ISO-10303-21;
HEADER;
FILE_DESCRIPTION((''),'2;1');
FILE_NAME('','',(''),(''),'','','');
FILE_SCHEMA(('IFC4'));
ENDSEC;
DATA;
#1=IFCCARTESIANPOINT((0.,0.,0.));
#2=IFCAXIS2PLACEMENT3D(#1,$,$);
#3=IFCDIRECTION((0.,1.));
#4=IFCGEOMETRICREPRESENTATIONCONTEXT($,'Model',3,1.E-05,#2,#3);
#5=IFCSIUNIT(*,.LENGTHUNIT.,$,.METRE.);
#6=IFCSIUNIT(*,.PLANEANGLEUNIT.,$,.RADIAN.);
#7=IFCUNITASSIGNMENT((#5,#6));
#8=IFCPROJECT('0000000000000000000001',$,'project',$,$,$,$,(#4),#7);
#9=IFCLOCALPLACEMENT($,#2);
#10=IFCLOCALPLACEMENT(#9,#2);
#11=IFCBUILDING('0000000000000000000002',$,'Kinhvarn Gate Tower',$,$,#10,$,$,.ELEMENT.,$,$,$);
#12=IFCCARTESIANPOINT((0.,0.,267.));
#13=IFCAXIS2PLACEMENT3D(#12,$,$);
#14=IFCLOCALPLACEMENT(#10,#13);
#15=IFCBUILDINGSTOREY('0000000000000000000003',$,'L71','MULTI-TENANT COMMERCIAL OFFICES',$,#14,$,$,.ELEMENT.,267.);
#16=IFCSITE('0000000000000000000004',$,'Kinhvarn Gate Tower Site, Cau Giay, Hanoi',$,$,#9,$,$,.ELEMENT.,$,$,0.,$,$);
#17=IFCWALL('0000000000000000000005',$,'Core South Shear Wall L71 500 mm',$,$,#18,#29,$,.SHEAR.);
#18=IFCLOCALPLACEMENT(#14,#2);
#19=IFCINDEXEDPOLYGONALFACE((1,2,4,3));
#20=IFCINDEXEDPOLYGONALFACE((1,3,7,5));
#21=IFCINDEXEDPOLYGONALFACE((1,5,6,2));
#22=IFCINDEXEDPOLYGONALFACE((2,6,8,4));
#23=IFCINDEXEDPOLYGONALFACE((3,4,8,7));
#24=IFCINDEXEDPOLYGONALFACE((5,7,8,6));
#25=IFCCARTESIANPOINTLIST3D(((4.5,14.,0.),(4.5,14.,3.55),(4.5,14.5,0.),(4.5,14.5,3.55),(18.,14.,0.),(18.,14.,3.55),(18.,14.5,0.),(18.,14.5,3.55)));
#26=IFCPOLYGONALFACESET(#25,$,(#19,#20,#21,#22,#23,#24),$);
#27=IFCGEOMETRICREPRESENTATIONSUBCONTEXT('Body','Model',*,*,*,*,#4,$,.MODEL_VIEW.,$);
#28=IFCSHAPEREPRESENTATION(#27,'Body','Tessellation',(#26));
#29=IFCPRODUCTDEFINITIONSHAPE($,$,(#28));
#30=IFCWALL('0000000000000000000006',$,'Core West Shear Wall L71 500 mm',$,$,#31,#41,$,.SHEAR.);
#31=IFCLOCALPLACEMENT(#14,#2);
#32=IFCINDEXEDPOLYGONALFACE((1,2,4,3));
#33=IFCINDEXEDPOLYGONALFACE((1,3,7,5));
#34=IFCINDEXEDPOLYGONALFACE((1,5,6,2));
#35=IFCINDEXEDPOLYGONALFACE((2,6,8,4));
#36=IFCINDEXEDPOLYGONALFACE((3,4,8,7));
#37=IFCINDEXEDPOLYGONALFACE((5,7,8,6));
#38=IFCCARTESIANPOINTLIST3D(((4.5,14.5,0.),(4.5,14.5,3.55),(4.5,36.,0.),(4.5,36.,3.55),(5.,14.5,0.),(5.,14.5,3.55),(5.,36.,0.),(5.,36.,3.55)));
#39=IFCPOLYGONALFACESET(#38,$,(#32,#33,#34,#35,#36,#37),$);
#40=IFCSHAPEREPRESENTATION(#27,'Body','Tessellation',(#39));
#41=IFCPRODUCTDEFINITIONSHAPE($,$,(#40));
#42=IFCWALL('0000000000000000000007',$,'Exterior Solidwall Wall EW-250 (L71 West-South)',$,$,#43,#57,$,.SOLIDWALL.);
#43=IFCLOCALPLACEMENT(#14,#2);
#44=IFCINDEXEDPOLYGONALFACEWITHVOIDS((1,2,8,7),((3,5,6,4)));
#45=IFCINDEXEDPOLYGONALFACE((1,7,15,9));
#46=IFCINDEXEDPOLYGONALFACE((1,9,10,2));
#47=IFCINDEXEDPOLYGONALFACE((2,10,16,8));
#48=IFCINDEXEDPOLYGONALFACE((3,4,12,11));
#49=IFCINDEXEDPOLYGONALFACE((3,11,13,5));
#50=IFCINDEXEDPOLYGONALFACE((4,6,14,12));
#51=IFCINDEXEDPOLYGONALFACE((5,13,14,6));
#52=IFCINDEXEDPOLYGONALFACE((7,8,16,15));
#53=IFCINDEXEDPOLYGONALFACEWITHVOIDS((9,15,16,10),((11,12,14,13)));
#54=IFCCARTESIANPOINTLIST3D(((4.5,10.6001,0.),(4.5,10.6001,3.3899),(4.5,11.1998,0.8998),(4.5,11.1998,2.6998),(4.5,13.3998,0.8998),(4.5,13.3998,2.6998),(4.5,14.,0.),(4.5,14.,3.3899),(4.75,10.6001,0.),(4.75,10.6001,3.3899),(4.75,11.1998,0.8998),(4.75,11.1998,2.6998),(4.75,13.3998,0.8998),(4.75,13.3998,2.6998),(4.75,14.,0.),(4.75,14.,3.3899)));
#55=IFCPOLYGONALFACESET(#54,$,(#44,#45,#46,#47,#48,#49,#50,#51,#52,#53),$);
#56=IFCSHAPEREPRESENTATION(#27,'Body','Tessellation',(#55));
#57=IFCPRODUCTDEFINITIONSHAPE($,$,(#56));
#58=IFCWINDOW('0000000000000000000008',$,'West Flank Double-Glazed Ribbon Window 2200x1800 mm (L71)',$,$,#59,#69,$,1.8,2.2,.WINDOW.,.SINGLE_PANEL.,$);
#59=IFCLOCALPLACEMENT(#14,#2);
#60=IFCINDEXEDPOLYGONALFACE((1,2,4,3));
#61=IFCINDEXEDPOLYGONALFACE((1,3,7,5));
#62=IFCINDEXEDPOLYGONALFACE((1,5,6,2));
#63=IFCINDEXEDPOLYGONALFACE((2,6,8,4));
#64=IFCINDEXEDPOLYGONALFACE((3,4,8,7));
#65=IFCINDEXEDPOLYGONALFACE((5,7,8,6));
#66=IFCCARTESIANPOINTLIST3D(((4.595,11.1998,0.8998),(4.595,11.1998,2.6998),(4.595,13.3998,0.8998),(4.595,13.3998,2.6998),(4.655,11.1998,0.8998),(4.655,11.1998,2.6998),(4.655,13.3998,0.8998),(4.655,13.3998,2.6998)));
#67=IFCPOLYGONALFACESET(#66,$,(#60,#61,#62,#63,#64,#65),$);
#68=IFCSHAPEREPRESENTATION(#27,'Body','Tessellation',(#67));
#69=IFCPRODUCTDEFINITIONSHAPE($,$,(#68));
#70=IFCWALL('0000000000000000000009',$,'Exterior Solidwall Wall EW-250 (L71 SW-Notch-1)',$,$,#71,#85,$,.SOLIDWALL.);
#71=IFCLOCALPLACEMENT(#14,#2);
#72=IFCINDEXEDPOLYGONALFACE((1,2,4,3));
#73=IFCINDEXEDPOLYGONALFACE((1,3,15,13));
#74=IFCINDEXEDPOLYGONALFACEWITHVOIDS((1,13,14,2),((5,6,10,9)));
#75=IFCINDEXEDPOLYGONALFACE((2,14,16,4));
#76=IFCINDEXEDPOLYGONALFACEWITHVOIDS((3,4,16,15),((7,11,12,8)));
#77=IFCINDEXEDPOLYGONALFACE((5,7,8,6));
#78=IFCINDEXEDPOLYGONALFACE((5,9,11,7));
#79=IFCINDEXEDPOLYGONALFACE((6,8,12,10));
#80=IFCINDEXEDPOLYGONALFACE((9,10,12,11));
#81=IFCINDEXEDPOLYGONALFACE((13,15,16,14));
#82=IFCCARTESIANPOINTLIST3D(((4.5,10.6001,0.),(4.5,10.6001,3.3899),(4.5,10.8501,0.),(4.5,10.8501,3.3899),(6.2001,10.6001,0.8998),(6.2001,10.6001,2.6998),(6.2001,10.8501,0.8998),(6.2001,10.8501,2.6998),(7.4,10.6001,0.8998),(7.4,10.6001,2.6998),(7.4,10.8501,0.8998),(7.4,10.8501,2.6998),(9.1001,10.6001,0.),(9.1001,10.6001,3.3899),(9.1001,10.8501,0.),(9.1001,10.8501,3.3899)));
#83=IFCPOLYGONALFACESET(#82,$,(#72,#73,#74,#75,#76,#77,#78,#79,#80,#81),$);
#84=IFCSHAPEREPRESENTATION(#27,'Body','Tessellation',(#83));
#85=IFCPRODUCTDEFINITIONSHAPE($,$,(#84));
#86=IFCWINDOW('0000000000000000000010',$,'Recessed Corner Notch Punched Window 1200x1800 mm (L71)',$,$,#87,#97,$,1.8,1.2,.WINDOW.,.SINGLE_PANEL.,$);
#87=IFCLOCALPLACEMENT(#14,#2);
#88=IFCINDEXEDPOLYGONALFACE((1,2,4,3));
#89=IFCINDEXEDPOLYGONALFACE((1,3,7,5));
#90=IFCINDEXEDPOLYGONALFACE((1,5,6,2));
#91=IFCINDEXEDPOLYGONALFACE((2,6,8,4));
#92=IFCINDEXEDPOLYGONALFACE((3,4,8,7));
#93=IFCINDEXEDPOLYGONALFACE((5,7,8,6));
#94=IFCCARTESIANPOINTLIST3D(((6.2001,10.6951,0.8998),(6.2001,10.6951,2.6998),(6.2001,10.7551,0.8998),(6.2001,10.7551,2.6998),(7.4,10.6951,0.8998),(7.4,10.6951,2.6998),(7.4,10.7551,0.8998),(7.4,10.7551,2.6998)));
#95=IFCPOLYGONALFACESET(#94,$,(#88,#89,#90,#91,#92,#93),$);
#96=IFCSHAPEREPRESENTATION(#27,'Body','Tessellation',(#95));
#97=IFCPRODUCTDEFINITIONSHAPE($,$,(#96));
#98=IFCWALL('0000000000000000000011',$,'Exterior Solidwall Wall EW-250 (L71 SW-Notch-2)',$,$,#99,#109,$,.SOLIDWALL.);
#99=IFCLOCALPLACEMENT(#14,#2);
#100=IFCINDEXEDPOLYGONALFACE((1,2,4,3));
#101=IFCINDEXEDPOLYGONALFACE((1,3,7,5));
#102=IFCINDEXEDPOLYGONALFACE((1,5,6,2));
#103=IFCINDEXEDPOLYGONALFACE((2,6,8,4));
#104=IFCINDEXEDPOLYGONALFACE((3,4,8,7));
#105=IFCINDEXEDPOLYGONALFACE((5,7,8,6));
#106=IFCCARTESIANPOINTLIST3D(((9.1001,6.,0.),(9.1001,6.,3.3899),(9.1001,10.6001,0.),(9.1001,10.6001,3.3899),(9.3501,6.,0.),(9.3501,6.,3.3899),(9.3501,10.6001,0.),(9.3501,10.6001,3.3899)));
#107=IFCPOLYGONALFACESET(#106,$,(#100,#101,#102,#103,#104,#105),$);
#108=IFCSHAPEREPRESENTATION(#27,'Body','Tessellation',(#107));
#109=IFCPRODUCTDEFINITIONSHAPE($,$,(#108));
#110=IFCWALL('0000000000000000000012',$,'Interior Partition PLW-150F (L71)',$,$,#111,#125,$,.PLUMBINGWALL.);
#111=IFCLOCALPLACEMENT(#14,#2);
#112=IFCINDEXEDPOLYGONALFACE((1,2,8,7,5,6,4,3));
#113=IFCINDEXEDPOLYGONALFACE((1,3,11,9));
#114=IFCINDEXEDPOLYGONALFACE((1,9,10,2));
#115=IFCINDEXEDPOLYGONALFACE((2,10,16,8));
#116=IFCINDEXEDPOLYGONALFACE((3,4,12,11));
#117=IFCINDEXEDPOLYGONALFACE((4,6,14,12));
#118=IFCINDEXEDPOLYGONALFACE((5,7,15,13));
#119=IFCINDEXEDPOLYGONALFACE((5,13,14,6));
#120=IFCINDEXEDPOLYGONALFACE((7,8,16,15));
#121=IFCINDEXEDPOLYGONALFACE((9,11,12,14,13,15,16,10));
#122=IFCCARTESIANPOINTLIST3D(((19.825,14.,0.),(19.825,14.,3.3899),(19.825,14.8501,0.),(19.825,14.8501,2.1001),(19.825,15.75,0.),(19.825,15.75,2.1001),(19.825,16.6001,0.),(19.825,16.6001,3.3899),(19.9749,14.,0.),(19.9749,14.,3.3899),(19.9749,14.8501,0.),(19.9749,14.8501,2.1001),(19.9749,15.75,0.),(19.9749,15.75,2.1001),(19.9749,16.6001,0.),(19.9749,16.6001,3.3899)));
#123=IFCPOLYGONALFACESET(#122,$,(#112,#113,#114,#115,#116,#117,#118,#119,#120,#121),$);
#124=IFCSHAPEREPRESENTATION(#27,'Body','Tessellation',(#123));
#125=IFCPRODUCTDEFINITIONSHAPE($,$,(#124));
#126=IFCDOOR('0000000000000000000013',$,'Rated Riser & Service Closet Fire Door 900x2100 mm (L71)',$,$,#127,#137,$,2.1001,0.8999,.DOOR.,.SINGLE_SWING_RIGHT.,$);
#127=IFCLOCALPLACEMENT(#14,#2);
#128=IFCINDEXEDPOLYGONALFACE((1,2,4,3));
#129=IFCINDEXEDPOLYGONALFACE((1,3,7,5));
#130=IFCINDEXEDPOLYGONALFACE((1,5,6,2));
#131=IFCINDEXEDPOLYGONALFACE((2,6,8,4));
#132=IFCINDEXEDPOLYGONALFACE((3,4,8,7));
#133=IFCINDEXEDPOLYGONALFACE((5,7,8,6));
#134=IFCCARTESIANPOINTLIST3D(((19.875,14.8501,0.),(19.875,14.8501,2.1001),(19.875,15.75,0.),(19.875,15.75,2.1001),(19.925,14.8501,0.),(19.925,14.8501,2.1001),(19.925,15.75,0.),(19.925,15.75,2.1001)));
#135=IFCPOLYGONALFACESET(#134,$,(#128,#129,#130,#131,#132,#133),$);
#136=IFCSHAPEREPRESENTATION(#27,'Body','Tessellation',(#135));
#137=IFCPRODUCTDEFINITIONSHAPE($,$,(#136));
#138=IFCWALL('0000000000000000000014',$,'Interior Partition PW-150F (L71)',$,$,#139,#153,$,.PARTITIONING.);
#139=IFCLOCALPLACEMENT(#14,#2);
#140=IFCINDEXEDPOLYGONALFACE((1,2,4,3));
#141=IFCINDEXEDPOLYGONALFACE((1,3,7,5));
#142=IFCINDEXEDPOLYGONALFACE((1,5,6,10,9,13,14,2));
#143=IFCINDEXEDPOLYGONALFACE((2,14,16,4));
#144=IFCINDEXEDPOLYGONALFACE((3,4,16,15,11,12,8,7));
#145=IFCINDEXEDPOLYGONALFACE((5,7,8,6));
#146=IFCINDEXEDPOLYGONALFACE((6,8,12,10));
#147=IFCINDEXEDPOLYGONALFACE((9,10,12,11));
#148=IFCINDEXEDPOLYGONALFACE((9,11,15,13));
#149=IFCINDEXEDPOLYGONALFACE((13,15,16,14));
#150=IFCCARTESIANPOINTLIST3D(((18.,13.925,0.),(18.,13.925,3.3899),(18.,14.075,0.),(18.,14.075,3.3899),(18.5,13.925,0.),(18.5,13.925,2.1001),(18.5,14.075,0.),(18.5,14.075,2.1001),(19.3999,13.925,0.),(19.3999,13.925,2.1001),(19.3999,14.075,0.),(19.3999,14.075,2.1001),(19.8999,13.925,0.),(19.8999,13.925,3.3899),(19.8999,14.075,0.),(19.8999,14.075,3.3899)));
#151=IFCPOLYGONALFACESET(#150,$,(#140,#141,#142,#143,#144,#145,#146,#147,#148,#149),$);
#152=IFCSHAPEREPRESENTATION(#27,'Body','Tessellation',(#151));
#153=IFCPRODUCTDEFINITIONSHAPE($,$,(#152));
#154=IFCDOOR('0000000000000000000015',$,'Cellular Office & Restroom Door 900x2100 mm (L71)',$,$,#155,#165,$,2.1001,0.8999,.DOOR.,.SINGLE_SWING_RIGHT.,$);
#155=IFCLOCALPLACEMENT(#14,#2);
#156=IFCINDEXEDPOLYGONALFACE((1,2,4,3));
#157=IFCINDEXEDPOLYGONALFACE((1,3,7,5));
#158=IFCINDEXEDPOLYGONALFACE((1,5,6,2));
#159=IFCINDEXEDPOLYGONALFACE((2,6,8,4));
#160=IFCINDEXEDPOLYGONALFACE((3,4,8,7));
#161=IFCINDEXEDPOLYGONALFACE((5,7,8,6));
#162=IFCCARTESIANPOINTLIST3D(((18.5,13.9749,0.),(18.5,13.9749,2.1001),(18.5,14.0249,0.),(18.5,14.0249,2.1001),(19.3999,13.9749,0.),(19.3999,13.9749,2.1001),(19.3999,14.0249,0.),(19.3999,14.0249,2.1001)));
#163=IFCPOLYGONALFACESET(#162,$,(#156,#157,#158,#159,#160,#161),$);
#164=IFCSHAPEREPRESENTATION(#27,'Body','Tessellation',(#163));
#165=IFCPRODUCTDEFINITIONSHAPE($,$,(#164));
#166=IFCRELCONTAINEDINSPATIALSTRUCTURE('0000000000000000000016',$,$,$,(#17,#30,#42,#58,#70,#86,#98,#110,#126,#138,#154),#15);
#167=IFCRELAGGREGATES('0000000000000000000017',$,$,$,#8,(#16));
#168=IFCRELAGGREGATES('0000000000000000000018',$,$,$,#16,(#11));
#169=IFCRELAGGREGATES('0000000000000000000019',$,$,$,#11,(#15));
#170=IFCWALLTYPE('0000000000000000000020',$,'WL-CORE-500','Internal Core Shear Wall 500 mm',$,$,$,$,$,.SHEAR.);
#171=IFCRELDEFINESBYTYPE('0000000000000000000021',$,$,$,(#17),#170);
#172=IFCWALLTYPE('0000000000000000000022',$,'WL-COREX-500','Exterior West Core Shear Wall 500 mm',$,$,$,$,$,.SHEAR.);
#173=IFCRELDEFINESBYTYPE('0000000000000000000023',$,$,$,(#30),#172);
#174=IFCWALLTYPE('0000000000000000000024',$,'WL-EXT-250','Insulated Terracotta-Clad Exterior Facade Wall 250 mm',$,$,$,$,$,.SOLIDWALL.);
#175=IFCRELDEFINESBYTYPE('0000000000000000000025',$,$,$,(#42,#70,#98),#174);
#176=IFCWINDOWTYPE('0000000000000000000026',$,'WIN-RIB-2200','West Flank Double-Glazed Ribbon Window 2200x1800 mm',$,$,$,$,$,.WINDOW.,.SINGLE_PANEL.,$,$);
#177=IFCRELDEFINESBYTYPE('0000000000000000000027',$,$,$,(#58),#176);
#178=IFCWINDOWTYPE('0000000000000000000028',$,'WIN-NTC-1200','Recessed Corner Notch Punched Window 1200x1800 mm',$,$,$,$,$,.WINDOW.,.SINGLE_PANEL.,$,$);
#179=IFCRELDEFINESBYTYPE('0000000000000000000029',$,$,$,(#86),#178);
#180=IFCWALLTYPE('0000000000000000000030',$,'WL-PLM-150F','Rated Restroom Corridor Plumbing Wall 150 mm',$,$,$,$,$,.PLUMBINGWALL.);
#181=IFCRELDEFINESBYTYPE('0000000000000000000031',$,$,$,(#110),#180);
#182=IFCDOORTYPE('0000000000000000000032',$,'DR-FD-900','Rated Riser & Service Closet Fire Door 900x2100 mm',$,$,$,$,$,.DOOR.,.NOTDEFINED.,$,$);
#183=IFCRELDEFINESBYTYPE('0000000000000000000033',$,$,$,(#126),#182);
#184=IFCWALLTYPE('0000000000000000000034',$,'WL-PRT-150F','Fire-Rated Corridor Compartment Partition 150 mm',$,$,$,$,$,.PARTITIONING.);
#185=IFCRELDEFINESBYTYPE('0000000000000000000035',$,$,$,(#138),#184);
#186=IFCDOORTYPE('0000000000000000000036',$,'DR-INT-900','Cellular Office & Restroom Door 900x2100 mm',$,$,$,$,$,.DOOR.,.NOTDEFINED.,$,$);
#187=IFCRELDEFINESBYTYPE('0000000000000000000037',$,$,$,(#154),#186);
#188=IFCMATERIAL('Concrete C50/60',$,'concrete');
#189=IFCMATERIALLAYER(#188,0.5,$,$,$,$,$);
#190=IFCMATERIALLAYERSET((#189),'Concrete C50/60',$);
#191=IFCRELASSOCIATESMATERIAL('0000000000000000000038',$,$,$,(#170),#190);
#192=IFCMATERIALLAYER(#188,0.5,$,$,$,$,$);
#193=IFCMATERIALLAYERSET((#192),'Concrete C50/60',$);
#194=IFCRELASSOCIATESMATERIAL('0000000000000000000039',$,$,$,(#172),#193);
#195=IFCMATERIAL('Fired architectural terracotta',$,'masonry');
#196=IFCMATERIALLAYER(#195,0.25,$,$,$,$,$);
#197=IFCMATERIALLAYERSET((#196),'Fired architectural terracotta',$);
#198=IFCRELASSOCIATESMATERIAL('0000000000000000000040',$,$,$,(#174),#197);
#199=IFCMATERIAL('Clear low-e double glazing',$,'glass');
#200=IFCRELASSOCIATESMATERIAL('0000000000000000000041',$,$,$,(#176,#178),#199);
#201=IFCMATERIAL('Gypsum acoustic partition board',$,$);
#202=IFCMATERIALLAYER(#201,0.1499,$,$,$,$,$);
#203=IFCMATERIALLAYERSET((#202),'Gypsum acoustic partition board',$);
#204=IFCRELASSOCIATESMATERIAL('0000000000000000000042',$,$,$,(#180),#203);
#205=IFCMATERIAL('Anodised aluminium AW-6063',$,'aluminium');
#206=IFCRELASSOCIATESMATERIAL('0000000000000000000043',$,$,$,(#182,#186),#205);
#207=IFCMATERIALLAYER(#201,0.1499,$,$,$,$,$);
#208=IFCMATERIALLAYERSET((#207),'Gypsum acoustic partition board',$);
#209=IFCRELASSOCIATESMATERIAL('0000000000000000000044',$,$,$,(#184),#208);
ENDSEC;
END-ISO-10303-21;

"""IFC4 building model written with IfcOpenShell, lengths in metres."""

from ifc_helpers import new_model, si_unit, direction, frame, frame_2d, origin, place, context, subcontext, project, spatial, rectangle, extrude, material, layer, layer_set, type_object, element, fill, save


model = new_model("IFC4")

# Units and contexts
model_context = context("Model", 3, precision=1e-05, world=origin(), true_north=direction((0.0, 1.0)))
body_context = subcontext(model_context, "Body", "Model", "MODEL_VIEW")
ifc_project = project(units=[si_unit("LENGTHUNIT", "METRE"), si_unit("PLANEANGLEUNIT", "RADIAN")], contexts=[model_context])

# Site, building, storey
site_placement = place(None, origin())
site = spatial("IfcSite", under=ifc_project, at=site_placement, Name="Kinhvarn Gate Tower Site, Cau Giay, Hanoi", CompositionType="ELEMENT", RefElevation=0.0)
building_placement = place(site_placement, origin())
building = spatial("IfcBuilding", under=site, at=building_placement, Name="Kinhvarn Gate Tower", CompositionType="ELEMENT")
storey_placement = place(building_placement, frame((0.0, 0.0, 267.0)))
storey = spatial("IfcBuildingStorey", under=building, at=storey_placement, Name="L71", Description="MULTI-TENANT COMMERCIAL OFFICES", CompositionType="ELEMENT", Elevation=267.0)

# Shared definitions
ifc_material_1 = material(Name="Concrete C50/60", Category="concrete")

# Wall
ifc_layer_1 = layer(ifc_material_1, 0.5)
ifc_layer_set_1 = layer_set([ifc_layer_1], Name="Concrete C50/60")
wall_type_1 = type_object("IfcWallType", Name="WL-CORE-500", Description="Internal Core Shear Wall 500 mm", PredefinedType="SHEAR", material=ifc_layer_set_1)
wall_1_placement = place(storey_placement, frame((4.5, 14.25, 0.0), z_axis=(0.0, 0.0, 1.0), x_axis=(1.0, 0.0, 0.0)))
element("IfcWall", 1, at=wall_1_placement, inside=storey, type_object=wall_type_1, Name="Core South Shear Wall L71 500 mm", PredefinedType="SHEAR", context=body_context, shape_type="SweptSolid", body=[
    extrude(rectangle(XDim=13.5, YDim=0.5, at=frame_2d((6.75, 0.0))), origin(), (0.0, 0.0, 1.0), 3.55),
])

# Shared definitions
ifc_material_2 = material(Name="Anodised aluminium AW-6063", Category="aluminium")

# Wall
ifc_layer_2 = layer(ifc_material_1, 0.5)
ifc_layer_set_2 = layer_set([ifc_layer_2], Name="Concrete C50/60")
wall_type_2 = type_object("IfcWallType", Name="WL-COREX-500", Description="Exterior West Core Shear Wall 500 mm", PredefinedType="SHEAR", material=ifc_layer_set_2)
wall_2_placement = place(storey_placement, frame((4.75, 14.5, 0.0), z_axis=(0.0, 0.0, 1.0), x_axis=(0.0, 1.0, 0.0)))
element("IfcWall", 2, at=wall_2_placement, inside=storey, type_object=wall_type_2, Name="Core West Shear Wall L71 500 mm", PredefinedType="SHEAR", context=body_context, shape_type="SweptSolid", body=[
    extrude(rectangle(XDim=21.5, YDim=0.5, at=frame_2d((10.75, 0.0))), origin(), (0.0, 0.0, 1.0), 3.55),
])

# Walls, openings, windows
ifc_material_3 = material(Name="Fired architectural terracotta", Category="masonry")
ifc_layer_3 = layer(ifc_material_3, 0.25)
ifc_layer_set_3 = layer_set([ifc_layer_3], Name="Fired architectural terracotta")
wall_type_3 = type_object("IfcWallType", Name="WL-EXT-250", Description="Insulated Terracotta-Clad Exterior Facade Wall 250 mm", PredefinedType="SOLIDWALL", material=ifc_layer_set_3)
wall_3_placement = place(storey_placement, frame((4.625, 14.0, 0.0), z_axis=(0.0, 0.0, 1.0), x_axis=(0.0, -1.0, 0.0)))
wall_3 = element("IfcWall", 3, at=wall_3_placement, inside=storey, type_object=wall_type_3, Name="Exterior Solidwall Wall EW-250 (L71 West-South)", PredefinedType="SOLIDWALL", context=body_context, shape_type="SweptSolid", body=[
    extrude(rectangle(XDim=3.3999, YDim=0.25, at=frame_2d((1.7, 0.0))), origin(), (0.0, 0.0, 1.0), 3.3899),
])
opening_1_placement = place(wall_3_placement, frame((0.6001, 0.0, 0.8999)))
opening_1 = element("IfcOpeningElement", 4, at=opening_1_placement, cuts=wall_3, PredefinedType="OPENING", context=body_context, shape_type="SweptSolid", body=[
    extrude(rectangle(XDim=2.2, YDim=1.8, at=frame_2d((1.1001, 0.8999))), frame((0.0, 0.135, 0.0), z_axis=(0.0, -1.0, 0.0), x_axis=(1.0, 0.0, 0.0)), (0.0, 0.0, 1.0), 0.27),
])
ifc_material_4 = material(Name="Clear low-e double glazing", Category="glass")
window_type_1 = type_object("IfcWindowType", Name="WIN-RIB-2200", Description="West Flank Double-Glazed Ribbon Window 2200x1800 mm", PartitioningType="SINGLE_PANEL", PredefinedType="WINDOW", material=ifc_material_4)
window_1_placement = place(opening_1_placement, origin())
window_1 = element("IfcWindow", 5, at=window_1_placement, inside=storey, type_object=window_type_1, Name="West Flank Double-Glazed Ribbon Window 2200x1800 mm (L71)", OverallHeight=1.8, OverallWidth=2.2, PartitioningType="SINGLE_PANEL", PredefinedType="WINDOW", context=body_context, shape_type="SweptSolid", body=[
    extrude(rectangle(XDim=2.2, YDim=1.8, at=frame_2d((1.1001, 0.8999))), frame((0.0, 0.03, 0.0), z_axis=(0.0, -1.0, 0.0), x_axis=(1.0, 0.0, 0.0)), (0.0, 0.0, 1.0), 0.0601),
])
fill(opening_1, window_1)
wall_4_placement = place(storey_placement, frame((4.5, 10.7251, 0.0), z_axis=(0.0, 0.0, 1.0), x_axis=(1.0, 0.0, 0.0)))
wall_4 = element("IfcWall", 6, at=wall_4_placement, inside=storey, type_object=wall_type_3, Name="Exterior Solidwall Wall EW-250 (L71 SW-Notch-1)", PredefinedType="SOLIDWALL", context=body_context, shape_type="SweptSolid", body=[
    extrude(rectangle(XDim=4.6001, YDim=0.25, at=frame_2d((2.3, 0.0))), origin(), (0.0, 0.0, 1.0), 3.3899),
])
opening_2_placement = place(wall_4_placement, frame((1.7, 0.0, 0.8999)))
opening_2 = element("IfcOpeningElement", 7, at=opening_2_placement, cuts=wall_4, PredefinedType="OPENING", context=body_context, shape_type="SweptSolid", body=[
    extrude(rectangle(XDim=1.2, YDim=1.8, at=frame_2d((0.6001, 0.8999))), frame((0.0, 0.135, 0.0), z_axis=(0.0, -1.0, 0.0), x_axis=(1.0, 0.0, 0.0)), (0.0, 0.0, 1.0), 0.27),
])
window_type_2 = type_object("IfcWindowType", Name="WIN-NTC-1200", Description="Recessed Corner Notch Punched Window 1200x1800 mm", PartitioningType="SINGLE_PANEL", PredefinedType="WINDOW", material=ifc_material_4)
window_2_placement = place(opening_2_placement, origin())
window_2 = element("IfcWindow", 8, at=window_2_placement, inside=storey, type_object=window_type_2, Name="Recessed Corner Notch Punched Window 1200x1800 mm (L71)", OverallHeight=1.8, OverallWidth=1.2, PartitioningType="SINGLE_PANEL", PredefinedType="WINDOW", context=body_context, shape_type="SweptSolid", body=[
    extrude(rectangle(XDim=1.2, YDim=1.8, at=frame_2d((0.6001, 0.8999))), frame((0.0, 0.03, 0.0), z_axis=(0.0, -1.0, 0.0), x_axis=(1.0, 0.0, 0.0)), (0.0, 0.0, 1.0), 0.0601),
])
fill(opening_2, window_2)

# Wall
wall_5_placement = place(storey_placement, frame((9.2251, 10.6001, 0.0), z_axis=(0.0, 0.0, 1.0), x_axis=(0.0, -1.0, 0.0)))
element("IfcWall", 9, at=wall_5_placement, inside=storey, type_object=wall_type_3, Name="Exterior Solidwall Wall EW-250 (L71 SW-Notch-2)", PredefinedType="SOLIDWALL", context=body_context, shape_type="SweptSolid", body=[
    extrude(rectangle(XDim=4.6001, YDim=0.25, at=frame_2d((2.3, 0.0))), origin(), (0.0, 0.0, 1.0), 3.3899),
])

# Walls, openings, doors
ifc_material_5 = material(Name="Gypsum acoustic partition board")
ifc_layer_4 = layer(ifc_material_5, 0.1499)
ifc_layer_set_4 = layer_set([ifc_layer_4], Name="Gypsum acoustic partition board")
wall_type_4 = type_object("IfcWallType", Name="WL-PLM-150F", Description="Rated Restroom Corridor Plumbing Wall 150 mm", PredefinedType="PLUMBINGWALL", material=ifc_layer_set_4)
wall_6_placement = place(storey_placement, frame((19.8999, 14.0, 0.0), z_axis=(0.0, 0.0, 1.0), x_axis=(0.0, 1.0, 0.0)))
wall_6 = element("IfcWall", 10, at=wall_6_placement, inside=storey, type_object=wall_type_4, Name="Interior Partition PLW-150F (L71)", PredefinedType="PLUMBINGWALL", context=body_context, shape_type="SweptSolid", body=[
    extrude(rectangle(XDim=2.6001, YDim=0.1499, at=frame_2d((1.3, 0.0))), origin(), (0.0, 0.0, 1.0), 3.3899),
])
opening_3_placement = place(wall_6_placement, frame((0.8501, 0.0, 0.0)))
opening_3 = element("IfcOpeningElement", 11, at=opening_3_placement, cuts=wall_6, PredefinedType="OPENING", context=body_context, shape_type="SweptSolid", body=[
    extrude(rectangle(XDim=0.8999, YDim=2.1001, at=frame_2d((0.45, 1.05))), frame((0.0, 0.085, 0.0), z_axis=(0.0, -1.0, 0.0), x_axis=(1.0, 0.0, 0.0)), (0.0, 0.0, 1.0), 0.1699),
])
door_type_1 = type_object("IfcDoorType", Name="DR-FD-900", Description="Rated Riser & Service Closet Fire Door 900x2100 mm", OperationType="NOTDEFINED", PredefinedType="DOOR", material=ifc_material_2)
door_1_placement = place(opening_3_placement, origin())
door_1 = element("IfcDoor", 12, at=door_1_placement, inside=storey, type_object=door_type_1, Name="Rated Riser & Service Closet Fire Door 900x2100 mm (L71)", OperationType="SINGLE_SWING_RIGHT", OverallHeight=2.1001, OverallWidth=0.8999, PredefinedType="DOOR", context=body_context, shape_type="SweptSolid", body=[
    extrude(rectangle(XDim=0.8999, YDim=2.1001, at=frame_2d((0.45, 1.05))), frame((0.0, 0.0249, 0.0), z_axis=(0.0, -1.0, 0.0), x_axis=(1.0, 0.0, 0.0)), (0.0, 0.0, 1.0), 0.05),
])
fill(opening_3, door_1)
ifc_layer_5 = layer(ifc_material_5, 0.1499)
ifc_layer_set_5 = layer_set([ifc_layer_5], Name="Gypsum acoustic partition board")
wall_type_5 = type_object("IfcWallType", Name="WL-PRT-150F", Description="Fire-Rated Corridor Compartment Partition 150 mm", PredefinedType="PARTITIONING", material=ifc_layer_set_5)
wall_7_placement = place(storey_placement, frame((18.0, 14.0, 0.0), z_axis=(0.0, 0.0, 1.0), x_axis=(1.0, 0.0, 0.0)))
wall_7 = element("IfcWall", 13, at=wall_7_placement, inside=storey, type_object=wall_type_5, Name="Interior Partition PW-150F (L71)", PredefinedType="PARTITIONING", context=body_context, shape_type="SweptSolid", body=[
    extrude(rectangle(XDim=1.8999, YDim=0.1499, at=frame_2d((0.95, 0.0))), origin(), (0.0, 0.0, 1.0), 3.3899),
])
opening_4_placement = place(wall_7_placement, frame((0.5, 0.0, 0.0)))
opening_4 = element("IfcOpeningElement", 14, at=opening_4_placement, cuts=wall_7, PredefinedType="OPENING", context=body_context, shape_type="SweptSolid", body=[
    extrude(rectangle(XDim=0.8999, YDim=2.1001, at=frame_2d((0.45, 1.05))), frame((0.0, 0.085, 0.0), z_axis=(0.0, -1.0, 0.0), x_axis=(1.0, 0.0, 0.0)), (0.0, 0.0, 1.0), 0.1699),
])
door_type_2 = type_object("IfcDoorType", Name="DR-INT-900", Description="Cellular Office & Restroom Door 900x2100 mm", OperationType="NOTDEFINED", PredefinedType="DOOR", material=ifc_material_2)
door_2_placement = place(opening_4_placement, origin())
door_2 = element("IfcDoor", 15, at=door_2_placement, inside=storey, type_object=door_type_2, Name="Cellular Office & Restroom Door 900x2100 mm (L71)", OperationType="SINGLE_SWING_RIGHT", OverallHeight=2.1001, OverallWidth=0.8999, PredefinedType="DOOR", context=body_context, shape_type="SweptSolid", body=[
    extrude(rectangle(XDim=0.8999, YDim=2.1001, at=frame_2d((0.45, 1.05))), frame((0.0, 0.0249, 0.0), z_axis=(0.0, -1.0, 0.0), x_axis=(1.0, 0.0, 0.0)), (0.0, 0.0, 1.0), 0.05),
])
fill(opening_4, door_2)

save(model, "model.ifc")
